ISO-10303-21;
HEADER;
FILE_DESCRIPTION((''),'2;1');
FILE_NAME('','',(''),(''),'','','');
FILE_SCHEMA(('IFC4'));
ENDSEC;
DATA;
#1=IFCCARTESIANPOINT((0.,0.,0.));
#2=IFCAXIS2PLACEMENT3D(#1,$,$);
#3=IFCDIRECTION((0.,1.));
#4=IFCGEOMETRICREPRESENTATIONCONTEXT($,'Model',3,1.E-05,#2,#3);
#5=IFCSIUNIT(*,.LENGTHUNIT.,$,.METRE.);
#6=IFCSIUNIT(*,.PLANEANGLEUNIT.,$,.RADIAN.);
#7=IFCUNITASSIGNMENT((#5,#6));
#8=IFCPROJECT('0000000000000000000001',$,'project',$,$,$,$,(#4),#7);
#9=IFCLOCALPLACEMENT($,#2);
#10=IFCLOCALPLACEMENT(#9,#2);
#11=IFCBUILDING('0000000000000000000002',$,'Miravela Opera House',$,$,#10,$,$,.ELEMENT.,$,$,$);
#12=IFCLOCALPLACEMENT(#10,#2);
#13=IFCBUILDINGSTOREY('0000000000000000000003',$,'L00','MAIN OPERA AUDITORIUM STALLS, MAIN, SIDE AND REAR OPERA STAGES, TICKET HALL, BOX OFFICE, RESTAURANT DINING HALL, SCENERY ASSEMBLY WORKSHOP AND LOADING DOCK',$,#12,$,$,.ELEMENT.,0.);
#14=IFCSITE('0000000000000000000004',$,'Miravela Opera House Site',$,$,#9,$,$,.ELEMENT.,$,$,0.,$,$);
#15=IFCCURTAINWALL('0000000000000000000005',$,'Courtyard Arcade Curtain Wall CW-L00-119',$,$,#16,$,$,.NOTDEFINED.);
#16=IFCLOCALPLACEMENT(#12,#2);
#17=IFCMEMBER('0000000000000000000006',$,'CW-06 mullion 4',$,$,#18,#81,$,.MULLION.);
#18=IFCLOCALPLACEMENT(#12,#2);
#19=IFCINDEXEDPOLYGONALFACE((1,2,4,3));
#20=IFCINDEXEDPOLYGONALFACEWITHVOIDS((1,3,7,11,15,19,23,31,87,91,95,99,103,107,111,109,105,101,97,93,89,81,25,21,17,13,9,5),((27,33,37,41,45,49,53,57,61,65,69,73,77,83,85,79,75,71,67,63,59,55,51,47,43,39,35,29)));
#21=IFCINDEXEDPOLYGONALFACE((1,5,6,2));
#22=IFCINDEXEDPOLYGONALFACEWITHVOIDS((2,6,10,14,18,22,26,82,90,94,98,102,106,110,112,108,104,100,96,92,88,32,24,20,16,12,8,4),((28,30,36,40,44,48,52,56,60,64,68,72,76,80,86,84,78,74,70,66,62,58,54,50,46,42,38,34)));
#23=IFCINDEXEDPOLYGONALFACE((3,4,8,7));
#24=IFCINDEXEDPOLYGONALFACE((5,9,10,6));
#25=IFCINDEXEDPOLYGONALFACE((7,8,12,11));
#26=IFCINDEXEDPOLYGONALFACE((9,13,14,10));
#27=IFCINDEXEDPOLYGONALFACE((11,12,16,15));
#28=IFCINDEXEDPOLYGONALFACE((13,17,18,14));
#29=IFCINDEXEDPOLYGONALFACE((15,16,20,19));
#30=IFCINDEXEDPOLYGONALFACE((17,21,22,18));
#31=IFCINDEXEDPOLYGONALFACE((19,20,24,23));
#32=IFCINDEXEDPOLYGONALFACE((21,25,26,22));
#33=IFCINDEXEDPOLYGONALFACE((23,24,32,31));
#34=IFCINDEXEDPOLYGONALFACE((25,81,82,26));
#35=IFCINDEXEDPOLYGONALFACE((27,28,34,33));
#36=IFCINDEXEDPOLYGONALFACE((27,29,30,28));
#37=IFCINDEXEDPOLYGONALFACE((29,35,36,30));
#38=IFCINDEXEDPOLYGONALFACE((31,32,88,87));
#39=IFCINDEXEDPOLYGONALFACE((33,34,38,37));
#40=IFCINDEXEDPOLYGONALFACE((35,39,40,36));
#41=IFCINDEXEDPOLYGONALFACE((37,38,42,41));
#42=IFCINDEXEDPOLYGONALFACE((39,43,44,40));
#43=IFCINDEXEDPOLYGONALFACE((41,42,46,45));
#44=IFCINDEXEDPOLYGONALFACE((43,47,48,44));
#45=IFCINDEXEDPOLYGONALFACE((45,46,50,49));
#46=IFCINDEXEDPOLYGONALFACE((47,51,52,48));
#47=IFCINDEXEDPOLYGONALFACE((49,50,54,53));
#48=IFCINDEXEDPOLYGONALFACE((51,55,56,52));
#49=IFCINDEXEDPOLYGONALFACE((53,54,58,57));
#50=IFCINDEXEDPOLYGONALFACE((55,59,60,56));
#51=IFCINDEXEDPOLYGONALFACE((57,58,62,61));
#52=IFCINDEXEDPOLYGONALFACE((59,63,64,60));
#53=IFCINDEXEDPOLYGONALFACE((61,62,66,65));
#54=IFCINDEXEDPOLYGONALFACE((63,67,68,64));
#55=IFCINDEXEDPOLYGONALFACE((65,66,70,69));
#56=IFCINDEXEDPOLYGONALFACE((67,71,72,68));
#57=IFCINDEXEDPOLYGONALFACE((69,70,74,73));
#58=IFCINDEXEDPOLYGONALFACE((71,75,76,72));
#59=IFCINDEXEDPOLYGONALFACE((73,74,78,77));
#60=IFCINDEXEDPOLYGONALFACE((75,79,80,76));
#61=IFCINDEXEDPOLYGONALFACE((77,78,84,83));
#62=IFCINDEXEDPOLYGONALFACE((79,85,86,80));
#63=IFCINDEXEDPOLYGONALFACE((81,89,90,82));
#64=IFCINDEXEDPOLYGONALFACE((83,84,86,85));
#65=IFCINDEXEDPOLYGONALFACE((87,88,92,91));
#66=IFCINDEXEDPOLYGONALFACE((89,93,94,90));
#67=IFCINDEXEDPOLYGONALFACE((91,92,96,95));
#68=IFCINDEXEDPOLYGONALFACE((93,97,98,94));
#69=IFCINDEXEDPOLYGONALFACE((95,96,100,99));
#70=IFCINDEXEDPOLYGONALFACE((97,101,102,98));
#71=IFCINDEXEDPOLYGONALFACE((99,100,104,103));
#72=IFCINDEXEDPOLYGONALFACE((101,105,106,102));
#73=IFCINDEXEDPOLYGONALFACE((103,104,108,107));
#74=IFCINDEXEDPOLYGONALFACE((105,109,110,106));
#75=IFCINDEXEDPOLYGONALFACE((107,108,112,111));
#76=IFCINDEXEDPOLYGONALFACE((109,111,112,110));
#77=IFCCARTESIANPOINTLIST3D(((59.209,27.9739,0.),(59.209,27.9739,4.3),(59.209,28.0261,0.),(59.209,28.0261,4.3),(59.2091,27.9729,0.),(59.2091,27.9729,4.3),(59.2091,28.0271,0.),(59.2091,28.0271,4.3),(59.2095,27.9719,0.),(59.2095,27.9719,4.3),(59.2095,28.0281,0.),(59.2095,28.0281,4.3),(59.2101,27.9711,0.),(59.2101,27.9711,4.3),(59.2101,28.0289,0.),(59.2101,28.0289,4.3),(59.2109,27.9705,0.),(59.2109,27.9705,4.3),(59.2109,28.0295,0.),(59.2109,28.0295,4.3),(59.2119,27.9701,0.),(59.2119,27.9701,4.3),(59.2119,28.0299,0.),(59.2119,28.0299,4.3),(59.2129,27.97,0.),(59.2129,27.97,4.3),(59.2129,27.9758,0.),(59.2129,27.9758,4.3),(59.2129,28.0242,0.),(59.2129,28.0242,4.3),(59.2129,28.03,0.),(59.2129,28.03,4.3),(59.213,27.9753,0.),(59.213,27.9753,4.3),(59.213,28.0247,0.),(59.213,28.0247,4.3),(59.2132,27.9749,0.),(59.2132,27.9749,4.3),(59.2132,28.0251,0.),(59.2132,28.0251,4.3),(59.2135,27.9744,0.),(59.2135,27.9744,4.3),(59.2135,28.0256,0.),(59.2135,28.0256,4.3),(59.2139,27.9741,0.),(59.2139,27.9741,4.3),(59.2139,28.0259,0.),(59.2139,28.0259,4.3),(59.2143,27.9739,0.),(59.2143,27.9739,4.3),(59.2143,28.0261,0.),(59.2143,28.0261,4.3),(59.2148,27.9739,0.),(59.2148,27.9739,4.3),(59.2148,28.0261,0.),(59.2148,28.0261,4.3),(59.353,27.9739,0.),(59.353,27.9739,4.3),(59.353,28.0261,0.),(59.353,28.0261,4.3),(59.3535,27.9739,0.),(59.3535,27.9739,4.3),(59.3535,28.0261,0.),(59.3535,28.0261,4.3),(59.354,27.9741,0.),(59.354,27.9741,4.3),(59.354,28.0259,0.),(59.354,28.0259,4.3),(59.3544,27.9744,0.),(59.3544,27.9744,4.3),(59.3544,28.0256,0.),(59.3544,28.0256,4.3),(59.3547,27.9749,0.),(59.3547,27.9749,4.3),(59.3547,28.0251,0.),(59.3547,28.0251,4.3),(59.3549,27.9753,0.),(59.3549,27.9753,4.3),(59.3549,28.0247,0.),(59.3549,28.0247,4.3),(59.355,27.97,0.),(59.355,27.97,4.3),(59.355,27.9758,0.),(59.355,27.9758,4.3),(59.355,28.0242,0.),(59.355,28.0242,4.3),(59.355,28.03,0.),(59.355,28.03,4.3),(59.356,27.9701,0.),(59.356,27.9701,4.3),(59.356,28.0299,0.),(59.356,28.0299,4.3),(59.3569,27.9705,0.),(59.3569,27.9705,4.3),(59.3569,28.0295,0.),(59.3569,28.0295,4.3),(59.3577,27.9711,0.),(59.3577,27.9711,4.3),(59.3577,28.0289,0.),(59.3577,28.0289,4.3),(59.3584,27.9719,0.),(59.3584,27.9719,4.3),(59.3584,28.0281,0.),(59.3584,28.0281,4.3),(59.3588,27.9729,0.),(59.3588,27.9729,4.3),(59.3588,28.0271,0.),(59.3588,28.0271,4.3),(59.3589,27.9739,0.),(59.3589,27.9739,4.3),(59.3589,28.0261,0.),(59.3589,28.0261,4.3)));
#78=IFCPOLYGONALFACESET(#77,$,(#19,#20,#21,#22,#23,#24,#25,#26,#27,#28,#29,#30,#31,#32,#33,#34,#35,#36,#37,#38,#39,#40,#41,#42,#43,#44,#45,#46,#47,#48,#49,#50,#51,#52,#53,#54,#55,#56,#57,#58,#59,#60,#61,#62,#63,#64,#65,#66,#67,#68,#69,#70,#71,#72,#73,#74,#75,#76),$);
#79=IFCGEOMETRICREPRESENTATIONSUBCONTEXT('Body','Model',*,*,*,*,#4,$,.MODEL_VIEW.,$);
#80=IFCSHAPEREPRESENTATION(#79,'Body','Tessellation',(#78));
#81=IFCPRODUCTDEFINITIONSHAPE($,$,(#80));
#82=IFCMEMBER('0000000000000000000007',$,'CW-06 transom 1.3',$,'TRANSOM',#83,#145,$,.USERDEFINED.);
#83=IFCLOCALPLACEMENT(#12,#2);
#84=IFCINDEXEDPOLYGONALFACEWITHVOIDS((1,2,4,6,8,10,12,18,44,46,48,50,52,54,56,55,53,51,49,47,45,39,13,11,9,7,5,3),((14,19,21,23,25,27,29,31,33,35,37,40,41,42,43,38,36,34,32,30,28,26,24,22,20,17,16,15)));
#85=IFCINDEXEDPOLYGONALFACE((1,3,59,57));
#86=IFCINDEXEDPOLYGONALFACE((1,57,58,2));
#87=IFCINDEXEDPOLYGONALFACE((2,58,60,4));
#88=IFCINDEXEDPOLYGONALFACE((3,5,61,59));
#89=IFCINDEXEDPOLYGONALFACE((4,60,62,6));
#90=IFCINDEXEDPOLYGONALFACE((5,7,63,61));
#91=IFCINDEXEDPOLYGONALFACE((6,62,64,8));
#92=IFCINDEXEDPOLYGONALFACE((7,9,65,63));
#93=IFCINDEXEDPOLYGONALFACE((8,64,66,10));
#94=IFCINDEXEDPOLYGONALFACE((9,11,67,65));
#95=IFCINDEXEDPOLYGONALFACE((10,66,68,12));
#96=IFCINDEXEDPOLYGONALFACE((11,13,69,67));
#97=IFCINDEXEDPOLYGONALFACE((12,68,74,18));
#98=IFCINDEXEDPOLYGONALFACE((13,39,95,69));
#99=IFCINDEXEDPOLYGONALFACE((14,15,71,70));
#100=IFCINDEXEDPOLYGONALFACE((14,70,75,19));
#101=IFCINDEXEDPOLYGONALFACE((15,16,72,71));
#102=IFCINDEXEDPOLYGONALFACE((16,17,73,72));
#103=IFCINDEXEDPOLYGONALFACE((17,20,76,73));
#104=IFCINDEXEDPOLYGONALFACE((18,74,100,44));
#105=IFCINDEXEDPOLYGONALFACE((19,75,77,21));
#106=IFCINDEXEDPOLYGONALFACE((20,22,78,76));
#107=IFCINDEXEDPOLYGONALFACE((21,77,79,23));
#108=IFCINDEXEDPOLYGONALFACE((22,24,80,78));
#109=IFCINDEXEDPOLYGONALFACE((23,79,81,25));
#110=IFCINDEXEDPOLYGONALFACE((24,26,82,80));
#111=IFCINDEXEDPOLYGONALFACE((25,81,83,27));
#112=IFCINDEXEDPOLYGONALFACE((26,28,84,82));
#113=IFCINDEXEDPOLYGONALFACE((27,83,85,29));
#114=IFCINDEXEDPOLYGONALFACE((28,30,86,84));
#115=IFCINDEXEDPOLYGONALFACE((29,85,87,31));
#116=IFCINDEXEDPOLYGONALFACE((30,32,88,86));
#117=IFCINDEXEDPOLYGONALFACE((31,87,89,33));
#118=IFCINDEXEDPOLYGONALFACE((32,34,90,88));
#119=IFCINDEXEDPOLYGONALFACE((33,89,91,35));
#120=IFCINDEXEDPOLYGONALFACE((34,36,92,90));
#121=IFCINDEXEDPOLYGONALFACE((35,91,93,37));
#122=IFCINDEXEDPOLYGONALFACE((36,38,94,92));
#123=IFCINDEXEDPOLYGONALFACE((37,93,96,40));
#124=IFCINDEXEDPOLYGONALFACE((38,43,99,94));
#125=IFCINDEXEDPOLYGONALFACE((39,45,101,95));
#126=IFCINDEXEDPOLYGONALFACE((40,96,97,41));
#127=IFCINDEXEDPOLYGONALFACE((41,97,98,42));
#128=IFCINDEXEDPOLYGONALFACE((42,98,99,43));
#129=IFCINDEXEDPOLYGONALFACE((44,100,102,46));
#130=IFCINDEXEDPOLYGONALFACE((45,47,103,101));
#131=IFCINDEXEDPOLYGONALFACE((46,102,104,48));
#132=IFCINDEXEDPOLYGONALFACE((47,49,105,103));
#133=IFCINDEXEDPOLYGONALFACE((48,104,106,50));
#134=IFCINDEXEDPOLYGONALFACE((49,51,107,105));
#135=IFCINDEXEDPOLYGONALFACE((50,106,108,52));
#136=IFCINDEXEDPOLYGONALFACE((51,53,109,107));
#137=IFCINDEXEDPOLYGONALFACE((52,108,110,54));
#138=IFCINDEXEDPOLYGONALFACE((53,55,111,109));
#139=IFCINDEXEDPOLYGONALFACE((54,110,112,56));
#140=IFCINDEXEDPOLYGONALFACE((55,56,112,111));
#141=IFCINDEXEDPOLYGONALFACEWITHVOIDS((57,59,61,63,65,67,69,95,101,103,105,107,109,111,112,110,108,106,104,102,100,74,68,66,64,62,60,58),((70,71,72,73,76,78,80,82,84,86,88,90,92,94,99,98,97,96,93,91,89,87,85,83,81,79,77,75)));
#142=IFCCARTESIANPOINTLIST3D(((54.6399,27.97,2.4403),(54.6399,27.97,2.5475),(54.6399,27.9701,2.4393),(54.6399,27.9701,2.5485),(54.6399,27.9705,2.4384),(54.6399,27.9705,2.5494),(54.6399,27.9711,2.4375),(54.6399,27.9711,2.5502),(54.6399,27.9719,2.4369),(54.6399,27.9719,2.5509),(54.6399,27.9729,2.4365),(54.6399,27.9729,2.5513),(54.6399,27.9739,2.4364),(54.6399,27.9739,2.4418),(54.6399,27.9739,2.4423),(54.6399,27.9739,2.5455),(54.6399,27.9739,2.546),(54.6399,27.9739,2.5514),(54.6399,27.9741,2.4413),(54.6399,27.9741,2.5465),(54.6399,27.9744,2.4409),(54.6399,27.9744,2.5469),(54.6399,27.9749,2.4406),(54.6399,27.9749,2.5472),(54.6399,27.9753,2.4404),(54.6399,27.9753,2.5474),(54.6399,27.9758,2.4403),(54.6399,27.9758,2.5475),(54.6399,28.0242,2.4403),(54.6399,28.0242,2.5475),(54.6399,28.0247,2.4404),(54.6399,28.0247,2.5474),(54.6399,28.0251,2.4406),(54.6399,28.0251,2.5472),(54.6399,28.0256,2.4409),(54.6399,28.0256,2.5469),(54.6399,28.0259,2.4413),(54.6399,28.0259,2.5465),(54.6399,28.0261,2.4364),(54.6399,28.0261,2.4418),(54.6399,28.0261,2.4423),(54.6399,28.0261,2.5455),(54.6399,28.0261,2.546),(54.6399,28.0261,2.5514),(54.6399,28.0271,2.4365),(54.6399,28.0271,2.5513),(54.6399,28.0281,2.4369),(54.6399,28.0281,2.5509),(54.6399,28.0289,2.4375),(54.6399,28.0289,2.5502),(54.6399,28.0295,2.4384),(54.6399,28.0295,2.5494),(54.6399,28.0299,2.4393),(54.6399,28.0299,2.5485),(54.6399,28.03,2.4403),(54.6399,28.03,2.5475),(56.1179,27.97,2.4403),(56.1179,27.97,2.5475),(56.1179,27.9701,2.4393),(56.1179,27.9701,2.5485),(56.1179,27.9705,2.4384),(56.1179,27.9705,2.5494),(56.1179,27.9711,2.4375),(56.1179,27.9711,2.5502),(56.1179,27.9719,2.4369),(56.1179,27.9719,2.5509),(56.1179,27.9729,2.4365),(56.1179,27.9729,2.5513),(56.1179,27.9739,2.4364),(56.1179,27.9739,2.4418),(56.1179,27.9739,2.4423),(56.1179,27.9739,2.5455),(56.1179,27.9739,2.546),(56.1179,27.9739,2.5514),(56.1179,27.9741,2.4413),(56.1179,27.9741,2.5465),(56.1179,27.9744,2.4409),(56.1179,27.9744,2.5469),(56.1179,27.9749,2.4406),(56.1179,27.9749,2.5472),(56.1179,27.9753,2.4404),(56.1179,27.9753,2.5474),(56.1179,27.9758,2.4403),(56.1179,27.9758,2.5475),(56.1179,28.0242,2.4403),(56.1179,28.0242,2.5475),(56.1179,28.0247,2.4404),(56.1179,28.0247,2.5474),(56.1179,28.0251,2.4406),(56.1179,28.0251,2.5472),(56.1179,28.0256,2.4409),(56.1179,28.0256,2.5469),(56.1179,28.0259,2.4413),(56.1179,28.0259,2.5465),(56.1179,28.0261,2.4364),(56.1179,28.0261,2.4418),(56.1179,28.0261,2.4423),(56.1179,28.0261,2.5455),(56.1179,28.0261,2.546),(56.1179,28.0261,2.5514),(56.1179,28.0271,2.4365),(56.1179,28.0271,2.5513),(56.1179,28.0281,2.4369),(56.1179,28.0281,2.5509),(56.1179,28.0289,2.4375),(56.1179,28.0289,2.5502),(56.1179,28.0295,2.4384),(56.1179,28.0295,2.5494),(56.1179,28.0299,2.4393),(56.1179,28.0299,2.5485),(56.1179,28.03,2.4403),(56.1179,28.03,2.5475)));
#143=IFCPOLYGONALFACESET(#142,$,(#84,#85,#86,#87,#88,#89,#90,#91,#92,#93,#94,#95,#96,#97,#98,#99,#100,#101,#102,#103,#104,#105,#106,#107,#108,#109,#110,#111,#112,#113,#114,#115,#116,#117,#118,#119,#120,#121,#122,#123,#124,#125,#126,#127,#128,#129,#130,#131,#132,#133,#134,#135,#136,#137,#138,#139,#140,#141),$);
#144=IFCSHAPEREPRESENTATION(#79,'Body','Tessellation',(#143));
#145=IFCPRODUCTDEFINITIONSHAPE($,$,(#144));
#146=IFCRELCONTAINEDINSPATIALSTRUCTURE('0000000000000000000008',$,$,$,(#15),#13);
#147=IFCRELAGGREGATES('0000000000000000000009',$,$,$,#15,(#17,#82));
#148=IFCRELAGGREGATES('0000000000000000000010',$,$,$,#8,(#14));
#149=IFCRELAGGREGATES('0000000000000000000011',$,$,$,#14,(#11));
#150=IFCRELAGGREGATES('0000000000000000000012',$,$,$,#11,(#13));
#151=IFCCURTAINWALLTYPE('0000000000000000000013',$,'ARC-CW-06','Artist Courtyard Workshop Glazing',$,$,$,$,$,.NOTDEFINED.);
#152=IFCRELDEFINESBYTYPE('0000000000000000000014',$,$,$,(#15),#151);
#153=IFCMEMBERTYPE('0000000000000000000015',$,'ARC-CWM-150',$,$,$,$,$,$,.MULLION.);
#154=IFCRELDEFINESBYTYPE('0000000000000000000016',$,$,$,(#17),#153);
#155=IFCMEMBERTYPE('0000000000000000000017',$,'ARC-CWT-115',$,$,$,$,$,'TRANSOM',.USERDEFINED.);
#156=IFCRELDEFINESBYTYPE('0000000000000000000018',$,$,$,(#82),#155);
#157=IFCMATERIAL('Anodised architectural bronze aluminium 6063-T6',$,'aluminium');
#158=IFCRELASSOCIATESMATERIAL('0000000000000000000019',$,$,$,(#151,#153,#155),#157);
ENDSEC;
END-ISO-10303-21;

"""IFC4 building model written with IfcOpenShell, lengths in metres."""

from ifc_helpers import new_model, si_unit, direction, frame, origin, origin_2d, place, context, subcontext, project, spatial, hollow_rectangle, extrude, material, material_profile, profile_set, type_object, element, aggregate, save


model = new_model("IFC4")

# Units and contexts
model_context = context("Model", 3, precision=1e-05, world=origin(), true_north=direction((0.0, 1.0)))
body_context = subcontext(model_context, "Body", "Model", "MODEL_VIEW")
ifc_project = project(units=[si_unit("LENGTHUNIT", "METRE"), si_unit("PLANEANGLEUNIT", "RADIAN")], contexts=[model_context])

# Site, building, storey
site_placement = place(None, origin())
site = spatial("IfcSite", under=ifc_project, at=site_placement, Name="Miravela Opera House Site", CompositionType="ELEMENT", RefElevation=0.0)
building_placement = place(site_placement, origin())
building = spatial("IfcBuilding", under=site, at=building_placement, Name="Miravela Opera House", CompositionType="ELEMENT")
storey_placement = place(building_placement, origin())
storey = spatial("IfcBuildingStorey", under=building, at=storey_placement, Name="L00", Description="MAIN OPERA AUDITORIUM STALLS, MAIN, SIDE AND REAR OPERA STAGES, TICKET HALL, BOX OFFICE, RESTAURANT DINING HALL, SCENERY ASSEMBLY WORKSHOP AND LOADING DOCK", CompositionType="ELEMENT", Elevation=0.0)

# Curtain wall, members
ifc_material_1 = material(Name="Anodised architectural bronze aluminium 6063-T6", Category="aluminium")
curtain_wall_type = type_object("IfcCurtainWallType", Name="ARC-CW-06", Description="Artist Courtyard Workshop Glazing", PredefinedType="NOTDEFINED", material=ifc_material_1)
curtain_wall_placement = place(storey_placement, origin())
curtain_wall = element("IfcCurtainWall", 1, at=curtain_wall_placement, inside=storey, type_object=curtain_wall_type, Name="Courtyard Arcade Curtain Wall CW-L00-119", PredefinedType="NOTDEFINED")
ifc_material_profile_1 = material_profile(ifc_material_1, hollow_rectangle(XDim=0.0601, YDim=0.1499, WallThickness=0.0039, InnerFilletRadius=0.002, OuterFilletRadius=0.0039, at=origin_2d()), Name="CWM-60X150")
ifc_profile_set_1 = profile_set([ifc_material_profile_1])
member_type_1 = type_object("IfcMemberType", Name="ARC-CWM-150", PredefinedType="MULLION", material=ifc_profile_set_1)
member_1_placement = place(storey_placement, frame((59.2839, 28.0, 0.0), z_axis=(0.0, 0.0, 1.0), x_axis=(0.0, 1.0, 0.0)))
member_1 = element("IfcMember", 2, at=member_1_placement, type_object=member_type_1, Name="CW-06 mullion 4", PredefinedType="MULLION", context=body_context, shape_type="SweptSolid", body=[
    extrude(hollow_rectangle(XDim=0.0601, YDim=0.1499, WallThickness=0.0039, InnerFilletRadius=0.002, OuterFilletRadius=0.0039, at=origin_2d()), origin(), (0.0, 0.0, 1.0), 4.3),
])
ifc_material_profile_2 = material_profile(ifc_material_1, hollow_rectangle(XDim=0.0601, YDim=0.115, WallThickness=0.0039, InnerFilletRadius=0.002, OuterFilletRadius=0.0039, at=origin_2d()), Name="CWT-60X115")
ifc_profile_set_2 = profile_set([ifc_material_profile_2])
member_type_2 = type_object("IfcMemberType", Name="ARC-CWT-115", ElementType="TRANSOM", PredefinedType="USERDEFINED", material=ifc_profile_set_2)
member_2_placement = place(storey_placement, frame((54.6399, 28.0, 2.4939), z_axis=(1.0, 0.0, 0.0), x_axis=(0.0, 1.0, 0.0)))
member_2 = element("IfcMember", 3, at=member_2_placement, type_object=member_type_2, Name="CW-06 transom 1.3", ObjectType="TRANSOM", PredefinedType="USERDEFINED", context=body_context, shape_type="SweptSolid", body=[
    extrude(hollow_rectangle(XDim=0.0601, YDim=0.115, WallThickness=0.0039, InnerFilletRadius=0.002, OuterFilletRadius=0.0039, at=origin_2d()), origin(), (0.0, 0.0, 1.0), 1.478),
])
aggregate(curtain_wall, [member_1, member_2])

save(model, "model.ifc")
